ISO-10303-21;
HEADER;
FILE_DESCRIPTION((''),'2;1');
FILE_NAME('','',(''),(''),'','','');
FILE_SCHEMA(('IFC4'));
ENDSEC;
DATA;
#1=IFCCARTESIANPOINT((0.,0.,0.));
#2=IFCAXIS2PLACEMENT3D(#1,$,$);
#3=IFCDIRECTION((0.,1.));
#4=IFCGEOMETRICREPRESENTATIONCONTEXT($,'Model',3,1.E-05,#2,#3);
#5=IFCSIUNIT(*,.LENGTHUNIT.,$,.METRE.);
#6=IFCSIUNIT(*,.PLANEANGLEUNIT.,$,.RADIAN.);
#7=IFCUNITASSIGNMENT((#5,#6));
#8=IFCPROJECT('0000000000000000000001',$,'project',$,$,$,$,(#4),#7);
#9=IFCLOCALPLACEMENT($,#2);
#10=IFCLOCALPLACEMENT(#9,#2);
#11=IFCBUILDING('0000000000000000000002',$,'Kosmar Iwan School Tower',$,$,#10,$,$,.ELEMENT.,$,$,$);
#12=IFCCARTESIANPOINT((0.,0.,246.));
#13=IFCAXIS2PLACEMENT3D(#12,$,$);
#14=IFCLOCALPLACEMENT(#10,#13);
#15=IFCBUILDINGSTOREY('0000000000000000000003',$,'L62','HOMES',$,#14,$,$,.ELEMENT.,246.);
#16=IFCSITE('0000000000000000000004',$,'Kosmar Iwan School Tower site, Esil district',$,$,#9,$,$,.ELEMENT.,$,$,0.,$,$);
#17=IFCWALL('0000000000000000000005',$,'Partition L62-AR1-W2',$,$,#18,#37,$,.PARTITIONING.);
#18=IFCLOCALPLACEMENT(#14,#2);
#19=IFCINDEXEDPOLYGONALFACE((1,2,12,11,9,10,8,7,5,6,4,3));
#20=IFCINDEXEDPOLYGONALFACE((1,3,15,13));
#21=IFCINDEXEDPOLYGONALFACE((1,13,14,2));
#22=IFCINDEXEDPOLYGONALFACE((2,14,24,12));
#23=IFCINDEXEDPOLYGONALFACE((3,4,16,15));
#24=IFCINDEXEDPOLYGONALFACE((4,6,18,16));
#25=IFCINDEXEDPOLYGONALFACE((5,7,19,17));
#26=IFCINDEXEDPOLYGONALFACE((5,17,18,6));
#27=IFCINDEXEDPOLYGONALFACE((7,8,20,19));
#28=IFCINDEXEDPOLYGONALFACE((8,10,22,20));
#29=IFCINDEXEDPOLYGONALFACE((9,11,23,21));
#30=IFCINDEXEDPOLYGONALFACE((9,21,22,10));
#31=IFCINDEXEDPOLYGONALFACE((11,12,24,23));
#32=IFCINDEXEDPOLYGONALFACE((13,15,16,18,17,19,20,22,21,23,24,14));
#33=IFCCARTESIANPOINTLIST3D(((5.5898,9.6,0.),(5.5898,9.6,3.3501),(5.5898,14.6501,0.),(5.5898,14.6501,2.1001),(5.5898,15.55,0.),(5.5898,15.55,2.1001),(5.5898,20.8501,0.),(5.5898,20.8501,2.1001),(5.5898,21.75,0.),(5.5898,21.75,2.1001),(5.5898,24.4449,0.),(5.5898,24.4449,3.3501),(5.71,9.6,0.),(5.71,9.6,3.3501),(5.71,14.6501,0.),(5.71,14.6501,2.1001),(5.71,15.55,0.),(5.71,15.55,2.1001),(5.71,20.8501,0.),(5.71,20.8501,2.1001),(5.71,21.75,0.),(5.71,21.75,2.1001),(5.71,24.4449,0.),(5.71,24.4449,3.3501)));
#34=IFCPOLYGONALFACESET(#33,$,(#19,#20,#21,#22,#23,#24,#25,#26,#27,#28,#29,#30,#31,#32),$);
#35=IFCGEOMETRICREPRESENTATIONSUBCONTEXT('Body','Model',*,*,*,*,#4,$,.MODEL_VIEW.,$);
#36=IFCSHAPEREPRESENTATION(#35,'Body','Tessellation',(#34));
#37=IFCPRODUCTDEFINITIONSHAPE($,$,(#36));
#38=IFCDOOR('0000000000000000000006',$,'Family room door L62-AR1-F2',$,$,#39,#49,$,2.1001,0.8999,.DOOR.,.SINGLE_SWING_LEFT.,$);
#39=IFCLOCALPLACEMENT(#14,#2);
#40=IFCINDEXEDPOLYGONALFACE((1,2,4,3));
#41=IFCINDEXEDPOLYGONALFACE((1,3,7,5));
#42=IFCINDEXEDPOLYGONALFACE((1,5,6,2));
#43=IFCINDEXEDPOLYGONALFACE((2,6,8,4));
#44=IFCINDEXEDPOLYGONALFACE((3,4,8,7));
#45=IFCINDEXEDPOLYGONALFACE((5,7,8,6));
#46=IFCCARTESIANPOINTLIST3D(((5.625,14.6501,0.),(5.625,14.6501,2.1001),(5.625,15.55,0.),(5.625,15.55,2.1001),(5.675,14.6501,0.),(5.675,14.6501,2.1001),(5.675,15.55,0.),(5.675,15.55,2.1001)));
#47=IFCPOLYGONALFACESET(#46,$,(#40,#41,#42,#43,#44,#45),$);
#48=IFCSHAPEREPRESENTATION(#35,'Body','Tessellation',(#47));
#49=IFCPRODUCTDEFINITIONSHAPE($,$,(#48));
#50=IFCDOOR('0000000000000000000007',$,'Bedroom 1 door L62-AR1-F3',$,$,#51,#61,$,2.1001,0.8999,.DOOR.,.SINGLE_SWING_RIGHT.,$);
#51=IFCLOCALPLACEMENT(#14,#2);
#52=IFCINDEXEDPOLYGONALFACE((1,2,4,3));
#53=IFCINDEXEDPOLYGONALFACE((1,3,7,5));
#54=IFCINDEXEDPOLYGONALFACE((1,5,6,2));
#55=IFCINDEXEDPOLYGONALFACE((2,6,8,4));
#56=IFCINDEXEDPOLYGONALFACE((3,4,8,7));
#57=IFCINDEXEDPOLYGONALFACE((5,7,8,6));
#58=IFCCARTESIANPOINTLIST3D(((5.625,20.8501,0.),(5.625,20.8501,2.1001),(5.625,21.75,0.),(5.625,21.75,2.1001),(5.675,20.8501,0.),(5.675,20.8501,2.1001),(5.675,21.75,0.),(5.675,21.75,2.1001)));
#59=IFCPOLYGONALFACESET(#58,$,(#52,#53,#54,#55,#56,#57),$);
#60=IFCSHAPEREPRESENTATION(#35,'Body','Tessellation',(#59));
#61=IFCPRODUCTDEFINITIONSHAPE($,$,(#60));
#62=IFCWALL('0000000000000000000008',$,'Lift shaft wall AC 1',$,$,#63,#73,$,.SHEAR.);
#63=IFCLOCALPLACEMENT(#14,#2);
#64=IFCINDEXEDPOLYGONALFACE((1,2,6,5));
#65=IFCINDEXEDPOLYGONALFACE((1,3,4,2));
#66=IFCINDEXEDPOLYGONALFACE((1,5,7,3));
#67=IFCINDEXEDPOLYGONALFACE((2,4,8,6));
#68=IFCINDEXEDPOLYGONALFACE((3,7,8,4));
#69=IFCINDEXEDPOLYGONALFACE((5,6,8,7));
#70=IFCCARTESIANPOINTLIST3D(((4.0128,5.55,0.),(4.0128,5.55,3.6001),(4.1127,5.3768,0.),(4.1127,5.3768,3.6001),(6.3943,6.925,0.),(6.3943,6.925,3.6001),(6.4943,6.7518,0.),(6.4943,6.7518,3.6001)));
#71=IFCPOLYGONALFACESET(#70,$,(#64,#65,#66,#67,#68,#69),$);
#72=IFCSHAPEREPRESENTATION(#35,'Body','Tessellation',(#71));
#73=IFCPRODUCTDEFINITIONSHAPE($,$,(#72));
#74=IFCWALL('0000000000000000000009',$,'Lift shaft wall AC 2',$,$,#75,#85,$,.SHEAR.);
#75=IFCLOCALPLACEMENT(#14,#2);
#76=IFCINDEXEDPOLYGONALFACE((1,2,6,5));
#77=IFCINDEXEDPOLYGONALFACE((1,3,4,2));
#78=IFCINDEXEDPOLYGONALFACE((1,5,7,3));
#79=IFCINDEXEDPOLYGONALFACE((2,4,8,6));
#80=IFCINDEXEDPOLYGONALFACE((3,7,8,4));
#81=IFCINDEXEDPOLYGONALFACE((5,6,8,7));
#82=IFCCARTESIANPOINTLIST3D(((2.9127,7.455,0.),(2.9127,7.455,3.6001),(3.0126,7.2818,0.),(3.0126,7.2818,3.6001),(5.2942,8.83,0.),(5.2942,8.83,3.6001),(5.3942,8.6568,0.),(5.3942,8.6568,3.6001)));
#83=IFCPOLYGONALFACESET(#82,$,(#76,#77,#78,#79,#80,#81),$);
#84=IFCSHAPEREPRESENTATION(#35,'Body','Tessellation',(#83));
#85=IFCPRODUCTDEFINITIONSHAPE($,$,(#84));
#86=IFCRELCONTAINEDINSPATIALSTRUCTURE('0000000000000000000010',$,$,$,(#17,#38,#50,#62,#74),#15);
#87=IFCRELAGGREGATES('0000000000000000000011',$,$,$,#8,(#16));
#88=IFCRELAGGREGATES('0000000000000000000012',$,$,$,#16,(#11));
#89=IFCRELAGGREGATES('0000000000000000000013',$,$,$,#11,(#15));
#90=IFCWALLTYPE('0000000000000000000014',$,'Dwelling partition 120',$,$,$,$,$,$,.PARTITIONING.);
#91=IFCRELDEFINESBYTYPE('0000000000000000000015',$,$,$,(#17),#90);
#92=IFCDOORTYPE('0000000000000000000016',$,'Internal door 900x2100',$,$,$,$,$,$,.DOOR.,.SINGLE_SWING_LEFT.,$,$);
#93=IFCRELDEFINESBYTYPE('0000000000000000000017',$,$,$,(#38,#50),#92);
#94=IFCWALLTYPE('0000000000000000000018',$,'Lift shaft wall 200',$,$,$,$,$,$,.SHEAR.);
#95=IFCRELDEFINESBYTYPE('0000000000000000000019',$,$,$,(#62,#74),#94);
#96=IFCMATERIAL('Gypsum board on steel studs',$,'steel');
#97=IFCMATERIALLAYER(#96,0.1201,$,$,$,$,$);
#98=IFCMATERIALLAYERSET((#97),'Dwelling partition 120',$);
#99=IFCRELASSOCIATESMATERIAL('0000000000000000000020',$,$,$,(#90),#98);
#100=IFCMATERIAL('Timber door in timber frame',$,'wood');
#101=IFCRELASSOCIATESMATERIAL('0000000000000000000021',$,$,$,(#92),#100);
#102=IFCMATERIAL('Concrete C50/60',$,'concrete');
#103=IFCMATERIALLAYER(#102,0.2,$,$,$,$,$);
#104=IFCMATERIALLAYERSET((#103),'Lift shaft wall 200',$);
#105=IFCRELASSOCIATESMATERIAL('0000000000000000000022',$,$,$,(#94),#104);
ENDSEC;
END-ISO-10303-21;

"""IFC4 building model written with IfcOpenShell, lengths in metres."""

from ifc_helpers import new_model, si_unit, direction, frame, frame_2d, origin, place, context, subcontext, project, spatial, rectangle, extrude, material, layer, layer_set, type_object, element, fill, save


model = new_model("IFC4")

# Units and contexts
model_context = context("Model", 3, precision=1e-05, world=origin(), true_north=direction((0.0, 1.0)))
body_context = subcontext(model_context, "Body", "Model", "MODEL_VIEW")
ifc_project = project(units=[si_unit("LENGTHUNIT", "METRE"), si_unit("PLANEANGLEUNIT", "RADIAN")], contexts=[model_context])

# Site, building, storey
site_placement = place(None, origin())
site = spatial("IfcSite", under=ifc_project, at=site_placement, Name="Kosmar Iwan School Tower site, Esil district", CompositionType="ELEMENT", RefElevation=0.0)
building_placement = place(site_placement, origin())
building = spatial("IfcBuilding", under=site, at=building_placement, Name="Kosmar Iwan School Tower", CompositionType="ELEMENT")
storey_placement = place(building_placement, frame((0.0, 0.0, 246.0)))
storey = spatial("IfcBuildingStorey", under=building, at=storey_placement, Name="L62", Description="HOMES", CompositionType="ELEMENT", Elevation=246.0)

# Wall, openings, doors
ifc_material_1 = material(Name="Gypsum board on steel studs", Category="steel")
ifc_layer_1 = layer(ifc_material_1, 0.1201)
ifc_layer_set_1 = layer_set([ifc_layer_1], Name="Dwelling partition 120")
wall_type_1 = type_object("IfcWallType", Name="Dwelling partition 120", PredefinedType="PARTITIONING", material=ifc_layer_set_1)
ifc_material_2 = material(Name="Timber door in timber frame", Category="wood")
door_type_1 = type_object("IfcDoorType", Name="Internal door 900x2100", OperationType="SINGLE_SWING_LEFT", PredefinedType="DOOR", material=ifc_material_2)
wall_1_placement = place(storey_placement, frame((5.6499, 9.6001, 0.0), z_axis=(0.0, 0.0, 1.0), x_axis=(0.0, 1.0, 0.0)))
wall_1 = element("IfcWall", 1, at=wall_1_placement, inside=storey, type_object=wall_type_1, Name="Partition L62-AR1-W2", PredefinedType="PARTITIONING", context=body_context, shape_type="SweptSolid", body=[
    extrude(rectangle(XDim=14.845, YDim=0.1201, at=frame_2d((7.4224, 0.0))), origin(), (0.0, 0.0, 1.0), 3.3501),
])
opening_1_placement = place(wall_1_placement, frame((5.05, 0.0, 0.0)))
opening_1 = element("IfcOpeningElement", 2, at=opening_1_placement, cuts=wall_1, PredefinedType="OPENING", context=body_context, shape_type="SweptSolid", body=[
    extrude(rectangle(XDim=0.8999, YDim=2.1001, at=frame_2d((0.45, 1.05))), frame((0.0, 0.072, 0.0), z_axis=(0.0, -1.0, 0.0), x_axis=(1.0, 0.0, 0.0)), (0.0, 0.0, 1.0), 0.144),
])
opening_2_placement = place(wall_1_placement, frame((11.25, 0.0, 0.0)))
opening_2 = element("IfcOpeningElement", 3, at=opening_2_placement, cuts=wall_1, PredefinedType="OPENING", context=body_context, shape_type="SweptSolid", body=[
    extrude(rectangle(XDim=0.8999, YDim=2.1001, at=frame_2d((0.45, 1.05))), frame((0.0, 0.072, 0.0), z_axis=(0.0, -1.0, 0.0), x_axis=(1.0, 0.0, 0.0)), (0.0, 0.0, 1.0), 0.144),
])
door_1_placement = place(opening_1_placement, origin())
door_1 = element("IfcDoor", 4, at=door_1_placement, inside=storey, type_object=door_type_1, Name="Family room door L62-AR1-F2", OperationType="SINGLE_SWING_LEFT", OverallHeight=2.1001, OverallWidth=0.8999, PredefinedType="DOOR", context=body_context, shape_type="SweptSolid", body=[
    extrude(rectangle(XDim=0.8999, YDim=2.1001, at=frame_2d((0.45, 1.05))), frame((0.0, 0.0249, 0.0), z_axis=(0.0, -1.0, 0.0), x_axis=(1.0, 0.0, 0.0)), (0.0, 0.0, 1.0), 0.05),
])
fill(opening_1, door_1)
door_2_placement = place(opening_2_placement, origin())
door_2 = element("IfcDoor", 5, at=door_2_placement, inside=storey, type_object=door_type_1, Name="Bedroom 1 door L62-AR1-F3", OperationType="SINGLE_SWING_RIGHT", OverallHeight=2.1001, OverallWidth=0.8999, PredefinedType="DOOR", context=body_context, shape_type="SweptSolid", body=[
    extrude(rectangle(XDim=0.8999, YDim=2.1001, at=frame_2d((0.45, 1.05))), frame((0.0, 0.0249, 0.0), z_axis=(0.0, -1.0, 0.0), x_axis=(1.0, 0.0, 0.0)), (0.0, 0.0, 1.0), 0.05),
])
fill(opening_2, door_2)

# Walls
ifc_material_3 = material(Name="Concrete C50/60", Category="concrete")
ifc_layer_2 = layer(ifc_material_3, 0.2)
ifc_layer_set_2 = layer_set([ifc_layer_2], Name="Lift shaft wall 200")
wall_type_2 = type_object("IfcWallType", Name="Lift shaft wall 200", PredefinedType="SHEAR", material=ifc_layer_set_2)
for number, where, z_axis, x_axis, name in (
    (6, (4.0627, 5.4634, 0.0), (0.0, 0.0, 1.0), (0.866027, 0.499997, 0.0), "Lift shaft wall AC 1"),
    (7, (2.9626, 7.3684, 0.0), (0.0, 0.0, 1.0), (0.866027, 0.499997, 0.0), "Lift shaft wall AC 2"),
):
    element("IfcWall", number, at=place(storey_placement, frame(where, z_axis=z_axis, x_axis=x_axis)), inside=storey, type_object=wall_type_2, Name=name, PredefinedType="SHEAR", context=body_context, shape_type="SweptSolid", body=[
        extrude(rectangle(XDim=2.75, YDim=0.2, at=frame_2d((1.375, 0.0))), origin(), (0.0, 0.0, 1.0), 3.6001),
    ])

save(model, "model.ifc")
